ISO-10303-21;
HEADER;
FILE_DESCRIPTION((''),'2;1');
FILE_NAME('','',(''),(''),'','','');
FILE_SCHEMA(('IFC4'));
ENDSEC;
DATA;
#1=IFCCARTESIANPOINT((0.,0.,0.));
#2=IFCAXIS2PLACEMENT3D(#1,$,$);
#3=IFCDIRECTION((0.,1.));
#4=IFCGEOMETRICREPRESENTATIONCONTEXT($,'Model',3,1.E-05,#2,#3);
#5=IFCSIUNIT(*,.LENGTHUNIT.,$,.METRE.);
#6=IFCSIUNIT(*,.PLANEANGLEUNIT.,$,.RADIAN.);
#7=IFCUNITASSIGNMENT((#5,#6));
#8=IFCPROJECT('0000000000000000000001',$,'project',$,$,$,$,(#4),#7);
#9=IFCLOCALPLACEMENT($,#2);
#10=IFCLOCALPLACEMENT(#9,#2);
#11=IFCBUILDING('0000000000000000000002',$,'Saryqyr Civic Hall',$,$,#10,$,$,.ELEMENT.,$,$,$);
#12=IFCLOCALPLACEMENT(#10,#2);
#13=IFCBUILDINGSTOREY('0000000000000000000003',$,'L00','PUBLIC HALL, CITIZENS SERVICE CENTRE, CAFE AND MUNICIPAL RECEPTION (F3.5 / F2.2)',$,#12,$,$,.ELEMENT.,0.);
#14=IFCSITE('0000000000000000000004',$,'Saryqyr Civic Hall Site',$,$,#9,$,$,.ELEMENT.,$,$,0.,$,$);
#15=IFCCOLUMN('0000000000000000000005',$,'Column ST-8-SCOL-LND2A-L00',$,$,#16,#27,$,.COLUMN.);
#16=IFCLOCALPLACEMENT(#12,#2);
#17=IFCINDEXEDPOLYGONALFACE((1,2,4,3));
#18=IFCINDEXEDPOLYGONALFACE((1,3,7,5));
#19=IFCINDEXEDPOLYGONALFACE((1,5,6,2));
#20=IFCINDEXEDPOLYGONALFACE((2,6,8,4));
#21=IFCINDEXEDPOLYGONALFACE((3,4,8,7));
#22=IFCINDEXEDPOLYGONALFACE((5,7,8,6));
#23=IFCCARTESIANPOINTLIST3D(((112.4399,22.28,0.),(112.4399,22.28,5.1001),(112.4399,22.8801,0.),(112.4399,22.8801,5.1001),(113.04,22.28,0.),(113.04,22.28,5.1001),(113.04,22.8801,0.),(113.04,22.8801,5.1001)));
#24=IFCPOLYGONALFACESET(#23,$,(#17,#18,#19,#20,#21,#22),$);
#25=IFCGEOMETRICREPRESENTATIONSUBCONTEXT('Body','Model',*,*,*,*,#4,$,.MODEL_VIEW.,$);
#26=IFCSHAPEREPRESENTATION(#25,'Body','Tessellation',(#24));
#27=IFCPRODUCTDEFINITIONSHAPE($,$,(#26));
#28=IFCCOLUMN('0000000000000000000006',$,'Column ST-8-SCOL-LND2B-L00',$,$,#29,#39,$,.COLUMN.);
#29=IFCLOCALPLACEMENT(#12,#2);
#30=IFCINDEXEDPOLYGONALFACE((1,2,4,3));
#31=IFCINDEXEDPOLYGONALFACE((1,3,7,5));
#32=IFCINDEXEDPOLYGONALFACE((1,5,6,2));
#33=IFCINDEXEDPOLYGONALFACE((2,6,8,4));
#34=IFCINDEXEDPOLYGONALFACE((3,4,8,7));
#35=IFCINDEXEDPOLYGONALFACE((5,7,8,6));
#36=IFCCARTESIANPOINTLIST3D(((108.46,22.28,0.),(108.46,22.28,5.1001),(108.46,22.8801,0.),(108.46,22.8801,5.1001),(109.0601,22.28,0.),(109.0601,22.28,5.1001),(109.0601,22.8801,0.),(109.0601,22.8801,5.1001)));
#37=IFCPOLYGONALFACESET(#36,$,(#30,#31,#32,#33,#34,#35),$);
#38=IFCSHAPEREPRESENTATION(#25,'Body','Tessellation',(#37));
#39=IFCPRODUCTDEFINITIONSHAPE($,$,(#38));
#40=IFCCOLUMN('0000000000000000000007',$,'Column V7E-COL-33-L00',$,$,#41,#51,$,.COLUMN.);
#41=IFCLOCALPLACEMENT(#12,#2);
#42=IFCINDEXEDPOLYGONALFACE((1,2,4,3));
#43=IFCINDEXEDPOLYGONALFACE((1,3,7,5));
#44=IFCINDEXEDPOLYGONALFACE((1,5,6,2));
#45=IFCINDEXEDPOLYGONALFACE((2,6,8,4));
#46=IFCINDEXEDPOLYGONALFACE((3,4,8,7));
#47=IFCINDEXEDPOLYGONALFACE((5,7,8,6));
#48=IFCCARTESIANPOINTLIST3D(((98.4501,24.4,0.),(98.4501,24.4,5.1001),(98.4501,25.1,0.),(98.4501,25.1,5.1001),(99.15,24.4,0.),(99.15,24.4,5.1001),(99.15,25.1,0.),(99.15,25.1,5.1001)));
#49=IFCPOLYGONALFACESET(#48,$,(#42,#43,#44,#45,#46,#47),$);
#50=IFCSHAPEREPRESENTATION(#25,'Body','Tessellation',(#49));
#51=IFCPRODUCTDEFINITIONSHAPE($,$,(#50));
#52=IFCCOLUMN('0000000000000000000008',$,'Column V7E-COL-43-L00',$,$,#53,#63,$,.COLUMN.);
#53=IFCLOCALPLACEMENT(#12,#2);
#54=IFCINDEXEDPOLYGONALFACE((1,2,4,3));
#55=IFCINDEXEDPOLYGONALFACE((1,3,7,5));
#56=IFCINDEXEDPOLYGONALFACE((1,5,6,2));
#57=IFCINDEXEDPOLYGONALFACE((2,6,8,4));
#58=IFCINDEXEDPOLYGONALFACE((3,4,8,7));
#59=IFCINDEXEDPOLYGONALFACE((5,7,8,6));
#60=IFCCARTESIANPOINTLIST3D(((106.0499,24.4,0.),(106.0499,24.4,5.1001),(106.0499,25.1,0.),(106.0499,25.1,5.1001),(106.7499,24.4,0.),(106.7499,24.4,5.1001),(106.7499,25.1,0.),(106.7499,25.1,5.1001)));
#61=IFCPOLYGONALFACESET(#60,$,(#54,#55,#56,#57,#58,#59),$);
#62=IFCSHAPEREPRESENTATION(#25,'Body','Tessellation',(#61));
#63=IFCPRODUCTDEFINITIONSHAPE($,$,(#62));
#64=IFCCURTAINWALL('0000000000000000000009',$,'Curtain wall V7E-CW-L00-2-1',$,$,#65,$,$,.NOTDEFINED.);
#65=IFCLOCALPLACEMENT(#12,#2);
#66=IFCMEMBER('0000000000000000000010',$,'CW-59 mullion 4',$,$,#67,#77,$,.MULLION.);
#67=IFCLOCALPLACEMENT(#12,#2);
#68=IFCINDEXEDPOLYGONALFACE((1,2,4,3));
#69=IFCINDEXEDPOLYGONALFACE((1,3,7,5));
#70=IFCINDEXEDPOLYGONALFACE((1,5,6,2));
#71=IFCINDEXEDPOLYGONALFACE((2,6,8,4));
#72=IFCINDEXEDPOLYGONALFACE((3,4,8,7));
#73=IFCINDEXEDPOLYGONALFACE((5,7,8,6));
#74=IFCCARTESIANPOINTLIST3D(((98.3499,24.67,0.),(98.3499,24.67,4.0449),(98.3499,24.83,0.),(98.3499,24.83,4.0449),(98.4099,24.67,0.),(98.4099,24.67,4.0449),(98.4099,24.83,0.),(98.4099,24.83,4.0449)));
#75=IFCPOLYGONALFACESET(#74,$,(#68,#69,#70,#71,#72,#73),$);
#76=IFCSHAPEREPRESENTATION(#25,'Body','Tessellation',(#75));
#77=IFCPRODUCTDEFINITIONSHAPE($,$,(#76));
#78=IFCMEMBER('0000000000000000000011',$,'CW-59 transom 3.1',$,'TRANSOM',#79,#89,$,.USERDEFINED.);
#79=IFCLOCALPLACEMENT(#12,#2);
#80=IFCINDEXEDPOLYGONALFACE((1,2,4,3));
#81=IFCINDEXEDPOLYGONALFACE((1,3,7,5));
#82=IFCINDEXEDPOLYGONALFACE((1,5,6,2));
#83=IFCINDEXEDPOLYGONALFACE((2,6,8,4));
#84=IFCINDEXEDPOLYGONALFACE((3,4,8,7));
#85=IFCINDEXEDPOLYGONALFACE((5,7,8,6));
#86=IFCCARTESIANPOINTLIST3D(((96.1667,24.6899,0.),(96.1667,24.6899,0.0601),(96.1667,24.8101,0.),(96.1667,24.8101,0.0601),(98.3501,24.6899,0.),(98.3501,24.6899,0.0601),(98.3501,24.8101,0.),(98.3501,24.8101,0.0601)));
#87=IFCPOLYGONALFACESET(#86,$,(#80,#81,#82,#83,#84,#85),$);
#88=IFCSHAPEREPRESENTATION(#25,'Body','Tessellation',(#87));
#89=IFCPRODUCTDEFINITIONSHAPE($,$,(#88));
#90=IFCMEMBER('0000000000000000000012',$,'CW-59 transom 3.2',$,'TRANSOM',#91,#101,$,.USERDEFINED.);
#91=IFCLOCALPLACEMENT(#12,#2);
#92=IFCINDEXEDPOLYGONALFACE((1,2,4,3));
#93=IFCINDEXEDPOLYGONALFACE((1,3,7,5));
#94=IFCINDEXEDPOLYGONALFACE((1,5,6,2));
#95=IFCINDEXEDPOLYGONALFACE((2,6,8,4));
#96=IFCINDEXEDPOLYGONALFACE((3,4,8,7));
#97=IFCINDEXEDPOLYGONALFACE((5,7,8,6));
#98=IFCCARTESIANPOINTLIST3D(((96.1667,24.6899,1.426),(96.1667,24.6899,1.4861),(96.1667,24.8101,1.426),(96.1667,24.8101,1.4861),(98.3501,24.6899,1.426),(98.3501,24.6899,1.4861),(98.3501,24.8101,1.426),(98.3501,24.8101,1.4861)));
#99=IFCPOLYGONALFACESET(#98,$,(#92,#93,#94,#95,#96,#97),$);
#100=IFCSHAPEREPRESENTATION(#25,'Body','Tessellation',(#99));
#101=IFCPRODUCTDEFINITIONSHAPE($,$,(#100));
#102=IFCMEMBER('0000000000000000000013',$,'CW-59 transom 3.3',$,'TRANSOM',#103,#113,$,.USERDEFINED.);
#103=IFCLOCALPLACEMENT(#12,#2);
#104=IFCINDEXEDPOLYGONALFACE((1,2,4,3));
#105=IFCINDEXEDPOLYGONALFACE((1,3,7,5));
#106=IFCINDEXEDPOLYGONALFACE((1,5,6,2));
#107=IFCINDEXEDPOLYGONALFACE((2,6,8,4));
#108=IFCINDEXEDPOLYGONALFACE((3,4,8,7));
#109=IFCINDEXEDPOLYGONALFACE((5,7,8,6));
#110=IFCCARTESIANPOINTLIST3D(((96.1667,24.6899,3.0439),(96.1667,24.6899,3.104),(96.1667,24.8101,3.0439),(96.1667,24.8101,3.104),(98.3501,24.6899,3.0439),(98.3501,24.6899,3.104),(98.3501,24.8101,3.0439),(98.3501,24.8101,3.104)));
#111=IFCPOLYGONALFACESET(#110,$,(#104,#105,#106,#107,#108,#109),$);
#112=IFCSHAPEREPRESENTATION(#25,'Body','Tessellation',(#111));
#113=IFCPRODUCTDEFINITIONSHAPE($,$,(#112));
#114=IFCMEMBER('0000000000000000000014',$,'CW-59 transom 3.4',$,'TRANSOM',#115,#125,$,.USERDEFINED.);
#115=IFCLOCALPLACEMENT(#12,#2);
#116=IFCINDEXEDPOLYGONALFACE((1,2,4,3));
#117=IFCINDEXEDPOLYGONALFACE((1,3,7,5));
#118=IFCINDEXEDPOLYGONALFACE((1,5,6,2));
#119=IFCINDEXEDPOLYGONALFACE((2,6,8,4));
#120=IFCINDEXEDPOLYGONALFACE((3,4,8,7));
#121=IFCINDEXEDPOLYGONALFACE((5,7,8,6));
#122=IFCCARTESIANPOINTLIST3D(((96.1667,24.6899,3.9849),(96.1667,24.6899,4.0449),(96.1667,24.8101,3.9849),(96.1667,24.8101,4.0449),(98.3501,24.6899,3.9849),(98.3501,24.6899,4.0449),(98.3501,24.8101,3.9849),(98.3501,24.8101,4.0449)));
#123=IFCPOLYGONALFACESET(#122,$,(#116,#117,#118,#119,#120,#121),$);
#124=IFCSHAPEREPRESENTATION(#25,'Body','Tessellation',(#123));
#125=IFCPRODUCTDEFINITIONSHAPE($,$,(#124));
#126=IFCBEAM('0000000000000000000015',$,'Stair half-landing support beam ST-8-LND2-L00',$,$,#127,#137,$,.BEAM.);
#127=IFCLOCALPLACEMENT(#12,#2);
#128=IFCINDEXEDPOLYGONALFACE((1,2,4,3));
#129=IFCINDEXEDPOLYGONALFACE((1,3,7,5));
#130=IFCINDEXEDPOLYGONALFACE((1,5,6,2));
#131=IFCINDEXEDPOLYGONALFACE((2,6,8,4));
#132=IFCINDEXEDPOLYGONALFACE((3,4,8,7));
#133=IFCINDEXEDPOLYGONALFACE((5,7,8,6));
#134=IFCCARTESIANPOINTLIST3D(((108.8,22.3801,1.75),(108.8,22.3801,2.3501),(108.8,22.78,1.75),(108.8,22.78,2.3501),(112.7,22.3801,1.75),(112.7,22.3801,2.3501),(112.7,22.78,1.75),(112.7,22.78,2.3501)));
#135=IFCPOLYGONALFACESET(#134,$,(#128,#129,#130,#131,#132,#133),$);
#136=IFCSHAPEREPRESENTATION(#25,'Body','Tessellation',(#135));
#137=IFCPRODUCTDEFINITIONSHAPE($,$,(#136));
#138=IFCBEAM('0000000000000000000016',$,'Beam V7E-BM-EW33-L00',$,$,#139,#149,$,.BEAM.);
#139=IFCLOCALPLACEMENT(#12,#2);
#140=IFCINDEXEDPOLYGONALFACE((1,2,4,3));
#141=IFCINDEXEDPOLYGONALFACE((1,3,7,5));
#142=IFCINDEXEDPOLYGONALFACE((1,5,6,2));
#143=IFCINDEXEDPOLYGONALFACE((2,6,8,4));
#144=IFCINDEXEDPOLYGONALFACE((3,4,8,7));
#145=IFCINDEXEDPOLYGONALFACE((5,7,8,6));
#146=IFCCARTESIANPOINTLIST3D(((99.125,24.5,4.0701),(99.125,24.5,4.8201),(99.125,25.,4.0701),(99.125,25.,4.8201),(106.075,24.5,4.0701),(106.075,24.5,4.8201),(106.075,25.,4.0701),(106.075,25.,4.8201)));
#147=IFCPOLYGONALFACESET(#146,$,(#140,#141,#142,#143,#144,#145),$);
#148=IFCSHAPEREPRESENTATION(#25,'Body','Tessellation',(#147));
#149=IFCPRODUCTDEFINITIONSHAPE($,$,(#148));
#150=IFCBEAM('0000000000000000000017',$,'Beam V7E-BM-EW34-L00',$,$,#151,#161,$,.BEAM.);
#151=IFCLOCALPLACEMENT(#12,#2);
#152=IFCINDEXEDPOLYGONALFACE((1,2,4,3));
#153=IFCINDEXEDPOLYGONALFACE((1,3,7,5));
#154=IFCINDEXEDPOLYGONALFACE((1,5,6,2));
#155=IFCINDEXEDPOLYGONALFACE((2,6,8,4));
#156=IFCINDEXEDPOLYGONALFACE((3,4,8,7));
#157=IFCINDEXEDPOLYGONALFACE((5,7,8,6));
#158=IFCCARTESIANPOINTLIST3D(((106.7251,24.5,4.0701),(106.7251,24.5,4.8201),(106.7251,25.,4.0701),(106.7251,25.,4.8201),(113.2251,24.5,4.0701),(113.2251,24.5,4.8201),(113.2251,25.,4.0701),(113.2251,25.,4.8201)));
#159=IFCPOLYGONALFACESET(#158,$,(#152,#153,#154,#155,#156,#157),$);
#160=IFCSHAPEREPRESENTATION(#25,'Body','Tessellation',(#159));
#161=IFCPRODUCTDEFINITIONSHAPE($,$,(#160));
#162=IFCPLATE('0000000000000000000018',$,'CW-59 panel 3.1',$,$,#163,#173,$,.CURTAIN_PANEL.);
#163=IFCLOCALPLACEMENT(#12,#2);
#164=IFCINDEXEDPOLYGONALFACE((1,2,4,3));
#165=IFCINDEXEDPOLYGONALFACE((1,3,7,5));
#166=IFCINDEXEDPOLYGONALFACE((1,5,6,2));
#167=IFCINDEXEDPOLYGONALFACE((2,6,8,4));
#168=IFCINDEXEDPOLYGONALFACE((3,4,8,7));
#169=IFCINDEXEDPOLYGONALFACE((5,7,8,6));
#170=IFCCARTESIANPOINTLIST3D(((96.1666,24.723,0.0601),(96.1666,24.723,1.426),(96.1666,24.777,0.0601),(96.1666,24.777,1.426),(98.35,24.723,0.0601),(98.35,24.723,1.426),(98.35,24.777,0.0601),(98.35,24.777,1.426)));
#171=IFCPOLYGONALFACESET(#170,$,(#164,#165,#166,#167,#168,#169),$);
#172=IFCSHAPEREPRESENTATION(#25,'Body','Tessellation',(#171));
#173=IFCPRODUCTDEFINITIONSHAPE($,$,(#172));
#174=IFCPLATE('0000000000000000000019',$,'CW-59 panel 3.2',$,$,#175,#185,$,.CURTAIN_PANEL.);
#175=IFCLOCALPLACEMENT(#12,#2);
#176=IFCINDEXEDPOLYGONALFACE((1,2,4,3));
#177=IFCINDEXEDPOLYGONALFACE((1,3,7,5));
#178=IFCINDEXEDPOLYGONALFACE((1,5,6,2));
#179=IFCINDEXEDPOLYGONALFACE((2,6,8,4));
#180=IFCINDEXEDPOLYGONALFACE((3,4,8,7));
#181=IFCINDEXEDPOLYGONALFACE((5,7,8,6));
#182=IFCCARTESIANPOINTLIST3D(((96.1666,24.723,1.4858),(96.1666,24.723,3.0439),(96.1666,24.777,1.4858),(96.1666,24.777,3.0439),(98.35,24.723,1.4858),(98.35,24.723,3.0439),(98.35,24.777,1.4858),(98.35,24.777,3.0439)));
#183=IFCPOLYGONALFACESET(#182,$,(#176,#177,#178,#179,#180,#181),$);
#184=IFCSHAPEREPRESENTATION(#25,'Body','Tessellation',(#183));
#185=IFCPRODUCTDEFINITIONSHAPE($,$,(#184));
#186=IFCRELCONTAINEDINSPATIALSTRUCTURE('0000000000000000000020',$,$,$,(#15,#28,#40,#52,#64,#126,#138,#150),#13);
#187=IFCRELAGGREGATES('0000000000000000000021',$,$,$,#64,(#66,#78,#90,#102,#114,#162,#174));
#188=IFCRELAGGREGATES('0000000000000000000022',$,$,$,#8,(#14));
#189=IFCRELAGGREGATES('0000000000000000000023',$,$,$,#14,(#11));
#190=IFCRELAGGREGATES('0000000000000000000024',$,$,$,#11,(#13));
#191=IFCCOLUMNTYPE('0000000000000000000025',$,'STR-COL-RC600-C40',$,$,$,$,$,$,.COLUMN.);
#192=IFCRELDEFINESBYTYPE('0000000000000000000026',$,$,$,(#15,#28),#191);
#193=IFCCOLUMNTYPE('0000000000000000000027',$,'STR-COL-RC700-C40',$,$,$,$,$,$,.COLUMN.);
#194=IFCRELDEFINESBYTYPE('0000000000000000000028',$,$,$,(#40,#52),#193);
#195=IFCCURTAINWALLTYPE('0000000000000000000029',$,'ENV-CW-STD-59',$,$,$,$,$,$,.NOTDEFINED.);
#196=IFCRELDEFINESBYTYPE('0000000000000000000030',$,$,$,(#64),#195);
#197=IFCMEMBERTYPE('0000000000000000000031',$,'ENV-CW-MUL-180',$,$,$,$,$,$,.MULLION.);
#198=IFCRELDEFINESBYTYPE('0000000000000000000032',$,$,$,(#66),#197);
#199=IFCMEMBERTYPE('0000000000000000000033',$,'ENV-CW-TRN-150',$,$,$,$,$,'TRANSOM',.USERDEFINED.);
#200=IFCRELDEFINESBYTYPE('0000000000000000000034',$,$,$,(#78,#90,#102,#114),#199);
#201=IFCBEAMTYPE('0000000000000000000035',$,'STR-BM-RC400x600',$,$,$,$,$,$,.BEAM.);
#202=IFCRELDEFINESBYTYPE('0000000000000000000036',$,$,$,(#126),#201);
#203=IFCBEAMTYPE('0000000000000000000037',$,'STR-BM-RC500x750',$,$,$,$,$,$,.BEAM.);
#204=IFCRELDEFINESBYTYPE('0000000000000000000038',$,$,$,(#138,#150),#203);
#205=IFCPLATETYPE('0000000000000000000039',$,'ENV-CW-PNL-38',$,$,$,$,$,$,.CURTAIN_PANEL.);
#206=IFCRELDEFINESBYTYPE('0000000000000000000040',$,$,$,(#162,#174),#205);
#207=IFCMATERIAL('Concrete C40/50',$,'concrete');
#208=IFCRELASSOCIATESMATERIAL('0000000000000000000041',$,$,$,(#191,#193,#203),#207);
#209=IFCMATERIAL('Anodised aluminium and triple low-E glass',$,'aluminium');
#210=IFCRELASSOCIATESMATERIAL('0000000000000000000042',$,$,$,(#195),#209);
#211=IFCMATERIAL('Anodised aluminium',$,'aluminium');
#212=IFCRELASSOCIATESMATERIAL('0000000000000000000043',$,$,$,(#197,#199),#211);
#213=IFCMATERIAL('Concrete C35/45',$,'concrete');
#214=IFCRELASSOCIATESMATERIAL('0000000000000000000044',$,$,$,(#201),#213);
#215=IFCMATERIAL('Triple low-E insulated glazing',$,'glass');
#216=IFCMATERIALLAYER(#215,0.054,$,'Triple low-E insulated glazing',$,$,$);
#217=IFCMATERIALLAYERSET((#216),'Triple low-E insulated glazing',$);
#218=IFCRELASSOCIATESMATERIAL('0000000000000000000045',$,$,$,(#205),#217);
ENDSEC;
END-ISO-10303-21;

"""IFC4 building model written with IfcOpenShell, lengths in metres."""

from ifc_helpers import new_model, si_unit, direction, frame, origin, origin_2d, place, context, subcontext, project, spatial, rectangle, extrude, material, layer, layer_set, material_profile, profile_set, type_object, element, aggregate, save


model = new_model("IFC4")

# Units and contexts
model_context = context("Model", 3, precision=1e-05, world=origin(), true_north=direction((0.0, 1.0)))
body_context = subcontext(model_context, "Body", "Model", "MODEL_VIEW")
ifc_project = project(units=[si_unit("LENGTHUNIT", "METRE"), si_unit("PLANEANGLEUNIT", "RADIAN")], contexts=[model_context])

# Site, building, storey
site_placement = place(None, origin())
site = spatial("IfcSite", under=ifc_project, at=site_placement, Name="Saryqyr Civic Hall Site", CompositionType="ELEMENT", RefElevation=0.0)
building_placement = place(site_placement, origin())
building = spatial("IfcBuilding", under=site, at=building_placement, Name="Saryqyr Civic Hall", CompositionType="ELEMENT")
storey_placement = place(building_placement, origin())
storey = spatial("IfcBuildingStorey", under=building, at=storey_placement, Name="L00", Description="PUBLIC HALL, CITIZENS SERVICE CENTRE, CAFE AND MUNICIPAL RECEPTION (F3.5 / F2.2)", CompositionType="ELEMENT", Elevation=0.0)

# Columns
ifc_material_1 = material(Name="Concrete C40/50", Category="concrete")
ifc_material_profile_1 = material_profile(ifc_material_1, rectangle(XDim=0.6001, YDim=0.6001, at=origin_2d()), Name="RC 600x600")
ifc_profile_set_1 = profile_set([ifc_material_profile_1], Name="Concrete C40/50")
column_type_1 = type_object("IfcColumnType", Name="STR-COL-RC600-C40", PredefinedType="COLUMN", material=ifc_profile_set_1)
for number, where, z_axis, x_axis, name in (
    (1, (112.74, 22.5801, 0.0), (0.0, 0.0, 1.0), (1.0, 0.0, 0.0), "Column ST-8-SCOL-LND2A-L00"),
    (2, (108.76, 22.5801, 0.0), (0.0, 0.0, 1.0), (1.0, 0.0, 0.0), "Column ST-8-SCOL-LND2B-L00"),
):
    element("IfcColumn", number, at=place(storey_placement, frame(where, z_axis=z_axis, x_axis=x_axis)), inside=storey, type_object=column_type_1, Name=name, PredefinedType="COLUMN", context=body_context, shape_type="SweptSolid", body=[
        extrude(rectangle(XDim=0.6001, YDim=0.6001, at=origin_2d()), origin(), (0.0, 0.0, 1.0), 5.1001),
    ])
ifc_material_profile_2 = material_profile(ifc_material_1, rectangle(XDim=0.7, YDim=0.7, at=origin_2d()), Name="RC 700x700")
ifc_profile_set_2 = profile_set([ifc_material_profile_2], Name="Concrete C40/50")
column_type_2 = type_object("IfcColumnType", Name="STR-COL-RC700-C40", PredefinedType="COLUMN", material=ifc_profile_set_2)
for number, where, z_axis, x_axis, name in (
    (3, (98.8, 24.75, 0.0), (0.0, 0.0, 1.0), (1.0, 0.0, 0.0), "Column V7E-COL-33-L00"),
    (4, (106.3999, 24.75, 0.0), (0.0, 0.0, 1.0), (1.0, 0.0, 0.0), "Column V7E-COL-43-L00"),
):
    element("IfcColumn", number, at=place(storey_placement, frame(where, z_axis=z_axis, x_axis=x_axis)), inside=storey, type_object=column_type_2, Name=name, PredefinedType="COLUMN", context=body_context, shape_type="SweptSolid", body=[
        extrude(rectangle(XDim=0.7, YDim=0.7, at=origin_2d()), origin(), (0.0, 0.0, 1.0), 5.1001),
    ])

# Curtain wall, members
ifc_material_2 = material(Name="Anodised aluminium and triple low-E glass", Category="aluminium")
curtain_wall_type = type_object("IfcCurtainWallType", Name="ENV-CW-STD-59", PredefinedType="NOTDEFINED", material=ifc_material_2)
curtain_wall_placement = place(storey_placement, origin())
curtain_wall = element("IfcCurtainWall", 5, at=curtain_wall_placement, inside=storey, type_object=curtain_wall_type, Name="Curtain wall V7E-CW-L00-2-1", PredefinedType="NOTDEFINED")
ifc_material_3 = material(Name="Anodised aluminium", Category="aluminium")
ifc_material_profile_3 = material_profile(ifc_material_3, rectangle(XDim=0.0601, YDim=0.1599, at=origin_2d()), Name="ALU MULLION 60x160")
ifc_profile_set_3 = profile_set([ifc_material_profile_3], Name="Anodised aluminium")
member_type_1 = type_object("IfcMemberType", Name="ENV-CW-MUL-180", PredefinedType="MULLION", material=ifc_profile_set_3)
member_1_placement = place(storey_placement, frame((98.3799, 24.75, 0.0), z_axis=(0.0, 0.0, 1.0), x_axis=(1.0, 0.0, 0.0)))
member_1 = element("IfcMember", 6, at=member_1_placement, type_object=member_type_1, Name="CW-59 mullion 4", PredefinedType="MULLION", context=body_context, shape_type="SweptSolid", body=[
    extrude(rectangle(XDim=0.0601, YDim=0.1599, at=origin_2d()), origin(), (0.0, 0.0, 1.0), 4.0449),
])
ifc_material_profile_4 = material_profile(ifc_material_3, rectangle(XDim=0.1201, YDim=0.0601, at=origin_2d()), Name="ALU TRANSOM 120x60")
ifc_profile_set_4 = profile_set([ifc_material_profile_4], Name="Anodised aluminium")
member_type_2 = type_object("IfcMemberType", Name="ENV-CW-TRN-150", ElementType="TRANSOM", PredefinedType="USERDEFINED", material=ifc_profile_set_4)
member_2_placement = place(storey_placement, frame((96.1667, 24.75, 0.03), z_axis=(1.0, 0.0, 0.0), x_axis=(0.0, 1.0, 0.0)))
member_2 = element("IfcMember", 7, at=member_2_placement, type_object=member_type_2, Name="CW-59 transom 3.1", ObjectType="TRANSOM", PredefinedType="USERDEFINED", context=body_context, shape_type="SweptSolid", body=[
    extrude(rectangle(XDim=0.1201, YDim=0.0601, at=origin_2d()), origin(), (0.0, 0.0, 1.0), 2.1833),
])
member_3_placement = place(storey_placement, frame((96.1667, 24.75, 1.4561), z_axis=(1.0, 0.0, 0.0), x_axis=(0.0, 1.0, 0.0)))
member_3 = element("IfcMember", 8, at=member_3_placement, type_object=member_type_2, Name="CW-59 transom 3.2", ObjectType="TRANSOM", PredefinedType="USERDEFINED", context=body_context, shape_type="SweptSolid", body=[
    extrude(rectangle(XDim=0.1201, YDim=0.0601, at=origin_2d()), origin(), (0.0, 0.0, 1.0), 2.1833),
])
member_4_placement = place(storey_placement, frame((96.1667, 24.75, 3.074), z_axis=(1.0, 0.0, 0.0), x_axis=(0.0, 1.0, 0.0)))
member_4 = element("IfcMember", 9, at=member_4_placement, type_object=member_type_2, Name="CW-59 transom 3.3", ObjectType="TRANSOM", PredefinedType="USERDEFINED", context=body_context, shape_type="SweptSolid", body=[
    extrude(rectangle(XDim=0.1201, YDim=0.0601, at=origin_2d()), origin(), (0.0, 0.0, 1.0), 2.1833),
])
member_5_placement = place(storey_placement, frame((96.1667, 24.75, 4.0149), z_axis=(1.0, 0.0, 0.0), x_axis=(0.0, 1.0, 0.0)))
member_5 = element("IfcMember", 10, at=member_5_placement, type_object=member_type_2, Name="CW-59 transom 3.4", ObjectType="TRANSOM", PredefinedType="USERDEFINED", context=body_context, shape_type="SweptSolid", body=[
    extrude(rectangle(XDim=0.1201, YDim=0.0601, at=origin_2d()), origin(), (0.0, 0.0, 1.0), 2.1833),
])

# Beams
ifc_material_4 = material(Name="Concrete C35/45", Category="concrete")
ifc_material_profile_5 = material_profile(ifc_material_4, rectangle(XDim=0.3999, YDim=0.6001, at=origin_2d()), Name="RC 400x600")
ifc_profile_set_5 = profile_set([ifc_material_profile_5], Name="Concrete C35/45")
beam_type_1 = type_object("IfcBeamType", Name="STR-BM-RC400x600", PredefinedType="BEAM", material=ifc_profile_set_5)
beam_1_placement = place(storey_placement, frame((112.7, 22.5801, 2.05), z_axis=(-1.0, 0.0, 0.0), x_axis=(0.0, -1.0, 0.0)))
element("IfcBeam", 11, at=beam_1_placement, inside=storey, type_object=beam_type_1, Name="Stair half-landing support beam ST-8-LND2-L00", PredefinedType="BEAM", context=body_context, shape_type="SweptSolid", body=[
    extrude(rectangle(XDim=0.3999, YDim=0.6001, at=origin_2d()), origin(), (0.0, 0.0, 1.0), 3.8999),
])
ifc_material_profile_6 = material_profile(ifc_material_1, rectangle(XDim=0.5, YDim=0.75, at=origin_2d()), Name="RC 500x750")
ifc_profile_set_6 = profile_set([ifc_material_profile_6], Name="Concrete C40/50")
beam_type_2 = type_object("IfcBeamType", Name="STR-BM-RC500x750", PredefinedType="BEAM", material=ifc_profile_set_6)
beam_2_placement = place(storey_placement, frame((99.125, 24.75, 4.4451), z_axis=(1.0, 0.0, 0.0), x_axis=(0.0, 1.0, 0.0)))
element("IfcBeam", 12, at=beam_2_placement, inside=storey, type_object=beam_type_2, Name="Beam V7E-BM-EW33-L00", PredefinedType="BEAM", context=body_context, shape_type="SweptSolid", body=[
    extrude(rectangle(XDim=0.5, YDim=0.75, at=origin_2d()), origin(), (0.0, 0.0, 1.0), 6.95),
])
beam_3_placement = place(storey_placement, frame((106.7251, 24.75, 4.4451), z_axis=(1.0, 0.0, 0.0), x_axis=(0.0, 1.0, 0.0)))
element("IfcBeam", 13, at=beam_3_placement, inside=storey, type_object=beam_type_2, Name="Beam V7E-BM-EW34-L00", PredefinedType="BEAM", context=body_context, shape_type="SweptSolid", body=[
    extrude(rectangle(XDim=0.5, YDim=0.75, at=origin_2d()), origin(), (0.0, 0.0, 1.0), 6.5),
])

# Plates
ifc_material_5 = material(Name="Triple low-E insulated glazing", Category="glass")
ifc_layer_1 = layer(ifc_material_5, 0.054, Name="Triple low-E insulated glazing")
ifc_layer_set_1 = layer_set([ifc_layer_1], Name="Triple low-E insulated glazing")
plate_type = type_object("IfcPlateType", Name="ENV-CW-PNL-38", PredefinedType="CURTAIN_PANEL", material=ifc_layer_set_1)
plate_1_placement = place(storey_placement, frame((97.2583, 24.75, 0.0601), z_axis=(0.0, 0.0, 1.0), x_axis=(1.0, 0.0, 0.0)))
plate_1 = element("IfcPlate", 14, at=plate_1_placement, type_object=plate_type, Name="CW-59 panel 3.1", PredefinedType="CURTAIN_PANEL", context=body_context, shape_type="SweptSolid", body=[
    extrude(rectangle(XDim=2.1833, YDim=0.054, at=origin_2d()), origin(), (0.0, 0.0, 1.0), 1.366),
])
plate_2_placement = place(storey_placement, frame((97.2583, 24.75, 1.4858), z_axis=(0.0, 0.0, 1.0), x_axis=(1.0, 0.0, 0.0)))
plate_2 = element("IfcPlate", 15, at=plate_2_placement, type_object=plate_type, Name="CW-59 panel 3.2", PredefinedType="CURTAIN_PANEL", context=body_context, shape_type="SweptSolid", body=[
    extrude(rectangle(XDim=2.1833, YDim=0.054, at=origin_2d()), origin(), (0.0, 0.0, 1.0), 1.5581),
])
aggregate(curtain_wall, [member_1, member_2, member_3, member_4, member_5, plate_1, plate_2])

save(model, "model.ifc")
